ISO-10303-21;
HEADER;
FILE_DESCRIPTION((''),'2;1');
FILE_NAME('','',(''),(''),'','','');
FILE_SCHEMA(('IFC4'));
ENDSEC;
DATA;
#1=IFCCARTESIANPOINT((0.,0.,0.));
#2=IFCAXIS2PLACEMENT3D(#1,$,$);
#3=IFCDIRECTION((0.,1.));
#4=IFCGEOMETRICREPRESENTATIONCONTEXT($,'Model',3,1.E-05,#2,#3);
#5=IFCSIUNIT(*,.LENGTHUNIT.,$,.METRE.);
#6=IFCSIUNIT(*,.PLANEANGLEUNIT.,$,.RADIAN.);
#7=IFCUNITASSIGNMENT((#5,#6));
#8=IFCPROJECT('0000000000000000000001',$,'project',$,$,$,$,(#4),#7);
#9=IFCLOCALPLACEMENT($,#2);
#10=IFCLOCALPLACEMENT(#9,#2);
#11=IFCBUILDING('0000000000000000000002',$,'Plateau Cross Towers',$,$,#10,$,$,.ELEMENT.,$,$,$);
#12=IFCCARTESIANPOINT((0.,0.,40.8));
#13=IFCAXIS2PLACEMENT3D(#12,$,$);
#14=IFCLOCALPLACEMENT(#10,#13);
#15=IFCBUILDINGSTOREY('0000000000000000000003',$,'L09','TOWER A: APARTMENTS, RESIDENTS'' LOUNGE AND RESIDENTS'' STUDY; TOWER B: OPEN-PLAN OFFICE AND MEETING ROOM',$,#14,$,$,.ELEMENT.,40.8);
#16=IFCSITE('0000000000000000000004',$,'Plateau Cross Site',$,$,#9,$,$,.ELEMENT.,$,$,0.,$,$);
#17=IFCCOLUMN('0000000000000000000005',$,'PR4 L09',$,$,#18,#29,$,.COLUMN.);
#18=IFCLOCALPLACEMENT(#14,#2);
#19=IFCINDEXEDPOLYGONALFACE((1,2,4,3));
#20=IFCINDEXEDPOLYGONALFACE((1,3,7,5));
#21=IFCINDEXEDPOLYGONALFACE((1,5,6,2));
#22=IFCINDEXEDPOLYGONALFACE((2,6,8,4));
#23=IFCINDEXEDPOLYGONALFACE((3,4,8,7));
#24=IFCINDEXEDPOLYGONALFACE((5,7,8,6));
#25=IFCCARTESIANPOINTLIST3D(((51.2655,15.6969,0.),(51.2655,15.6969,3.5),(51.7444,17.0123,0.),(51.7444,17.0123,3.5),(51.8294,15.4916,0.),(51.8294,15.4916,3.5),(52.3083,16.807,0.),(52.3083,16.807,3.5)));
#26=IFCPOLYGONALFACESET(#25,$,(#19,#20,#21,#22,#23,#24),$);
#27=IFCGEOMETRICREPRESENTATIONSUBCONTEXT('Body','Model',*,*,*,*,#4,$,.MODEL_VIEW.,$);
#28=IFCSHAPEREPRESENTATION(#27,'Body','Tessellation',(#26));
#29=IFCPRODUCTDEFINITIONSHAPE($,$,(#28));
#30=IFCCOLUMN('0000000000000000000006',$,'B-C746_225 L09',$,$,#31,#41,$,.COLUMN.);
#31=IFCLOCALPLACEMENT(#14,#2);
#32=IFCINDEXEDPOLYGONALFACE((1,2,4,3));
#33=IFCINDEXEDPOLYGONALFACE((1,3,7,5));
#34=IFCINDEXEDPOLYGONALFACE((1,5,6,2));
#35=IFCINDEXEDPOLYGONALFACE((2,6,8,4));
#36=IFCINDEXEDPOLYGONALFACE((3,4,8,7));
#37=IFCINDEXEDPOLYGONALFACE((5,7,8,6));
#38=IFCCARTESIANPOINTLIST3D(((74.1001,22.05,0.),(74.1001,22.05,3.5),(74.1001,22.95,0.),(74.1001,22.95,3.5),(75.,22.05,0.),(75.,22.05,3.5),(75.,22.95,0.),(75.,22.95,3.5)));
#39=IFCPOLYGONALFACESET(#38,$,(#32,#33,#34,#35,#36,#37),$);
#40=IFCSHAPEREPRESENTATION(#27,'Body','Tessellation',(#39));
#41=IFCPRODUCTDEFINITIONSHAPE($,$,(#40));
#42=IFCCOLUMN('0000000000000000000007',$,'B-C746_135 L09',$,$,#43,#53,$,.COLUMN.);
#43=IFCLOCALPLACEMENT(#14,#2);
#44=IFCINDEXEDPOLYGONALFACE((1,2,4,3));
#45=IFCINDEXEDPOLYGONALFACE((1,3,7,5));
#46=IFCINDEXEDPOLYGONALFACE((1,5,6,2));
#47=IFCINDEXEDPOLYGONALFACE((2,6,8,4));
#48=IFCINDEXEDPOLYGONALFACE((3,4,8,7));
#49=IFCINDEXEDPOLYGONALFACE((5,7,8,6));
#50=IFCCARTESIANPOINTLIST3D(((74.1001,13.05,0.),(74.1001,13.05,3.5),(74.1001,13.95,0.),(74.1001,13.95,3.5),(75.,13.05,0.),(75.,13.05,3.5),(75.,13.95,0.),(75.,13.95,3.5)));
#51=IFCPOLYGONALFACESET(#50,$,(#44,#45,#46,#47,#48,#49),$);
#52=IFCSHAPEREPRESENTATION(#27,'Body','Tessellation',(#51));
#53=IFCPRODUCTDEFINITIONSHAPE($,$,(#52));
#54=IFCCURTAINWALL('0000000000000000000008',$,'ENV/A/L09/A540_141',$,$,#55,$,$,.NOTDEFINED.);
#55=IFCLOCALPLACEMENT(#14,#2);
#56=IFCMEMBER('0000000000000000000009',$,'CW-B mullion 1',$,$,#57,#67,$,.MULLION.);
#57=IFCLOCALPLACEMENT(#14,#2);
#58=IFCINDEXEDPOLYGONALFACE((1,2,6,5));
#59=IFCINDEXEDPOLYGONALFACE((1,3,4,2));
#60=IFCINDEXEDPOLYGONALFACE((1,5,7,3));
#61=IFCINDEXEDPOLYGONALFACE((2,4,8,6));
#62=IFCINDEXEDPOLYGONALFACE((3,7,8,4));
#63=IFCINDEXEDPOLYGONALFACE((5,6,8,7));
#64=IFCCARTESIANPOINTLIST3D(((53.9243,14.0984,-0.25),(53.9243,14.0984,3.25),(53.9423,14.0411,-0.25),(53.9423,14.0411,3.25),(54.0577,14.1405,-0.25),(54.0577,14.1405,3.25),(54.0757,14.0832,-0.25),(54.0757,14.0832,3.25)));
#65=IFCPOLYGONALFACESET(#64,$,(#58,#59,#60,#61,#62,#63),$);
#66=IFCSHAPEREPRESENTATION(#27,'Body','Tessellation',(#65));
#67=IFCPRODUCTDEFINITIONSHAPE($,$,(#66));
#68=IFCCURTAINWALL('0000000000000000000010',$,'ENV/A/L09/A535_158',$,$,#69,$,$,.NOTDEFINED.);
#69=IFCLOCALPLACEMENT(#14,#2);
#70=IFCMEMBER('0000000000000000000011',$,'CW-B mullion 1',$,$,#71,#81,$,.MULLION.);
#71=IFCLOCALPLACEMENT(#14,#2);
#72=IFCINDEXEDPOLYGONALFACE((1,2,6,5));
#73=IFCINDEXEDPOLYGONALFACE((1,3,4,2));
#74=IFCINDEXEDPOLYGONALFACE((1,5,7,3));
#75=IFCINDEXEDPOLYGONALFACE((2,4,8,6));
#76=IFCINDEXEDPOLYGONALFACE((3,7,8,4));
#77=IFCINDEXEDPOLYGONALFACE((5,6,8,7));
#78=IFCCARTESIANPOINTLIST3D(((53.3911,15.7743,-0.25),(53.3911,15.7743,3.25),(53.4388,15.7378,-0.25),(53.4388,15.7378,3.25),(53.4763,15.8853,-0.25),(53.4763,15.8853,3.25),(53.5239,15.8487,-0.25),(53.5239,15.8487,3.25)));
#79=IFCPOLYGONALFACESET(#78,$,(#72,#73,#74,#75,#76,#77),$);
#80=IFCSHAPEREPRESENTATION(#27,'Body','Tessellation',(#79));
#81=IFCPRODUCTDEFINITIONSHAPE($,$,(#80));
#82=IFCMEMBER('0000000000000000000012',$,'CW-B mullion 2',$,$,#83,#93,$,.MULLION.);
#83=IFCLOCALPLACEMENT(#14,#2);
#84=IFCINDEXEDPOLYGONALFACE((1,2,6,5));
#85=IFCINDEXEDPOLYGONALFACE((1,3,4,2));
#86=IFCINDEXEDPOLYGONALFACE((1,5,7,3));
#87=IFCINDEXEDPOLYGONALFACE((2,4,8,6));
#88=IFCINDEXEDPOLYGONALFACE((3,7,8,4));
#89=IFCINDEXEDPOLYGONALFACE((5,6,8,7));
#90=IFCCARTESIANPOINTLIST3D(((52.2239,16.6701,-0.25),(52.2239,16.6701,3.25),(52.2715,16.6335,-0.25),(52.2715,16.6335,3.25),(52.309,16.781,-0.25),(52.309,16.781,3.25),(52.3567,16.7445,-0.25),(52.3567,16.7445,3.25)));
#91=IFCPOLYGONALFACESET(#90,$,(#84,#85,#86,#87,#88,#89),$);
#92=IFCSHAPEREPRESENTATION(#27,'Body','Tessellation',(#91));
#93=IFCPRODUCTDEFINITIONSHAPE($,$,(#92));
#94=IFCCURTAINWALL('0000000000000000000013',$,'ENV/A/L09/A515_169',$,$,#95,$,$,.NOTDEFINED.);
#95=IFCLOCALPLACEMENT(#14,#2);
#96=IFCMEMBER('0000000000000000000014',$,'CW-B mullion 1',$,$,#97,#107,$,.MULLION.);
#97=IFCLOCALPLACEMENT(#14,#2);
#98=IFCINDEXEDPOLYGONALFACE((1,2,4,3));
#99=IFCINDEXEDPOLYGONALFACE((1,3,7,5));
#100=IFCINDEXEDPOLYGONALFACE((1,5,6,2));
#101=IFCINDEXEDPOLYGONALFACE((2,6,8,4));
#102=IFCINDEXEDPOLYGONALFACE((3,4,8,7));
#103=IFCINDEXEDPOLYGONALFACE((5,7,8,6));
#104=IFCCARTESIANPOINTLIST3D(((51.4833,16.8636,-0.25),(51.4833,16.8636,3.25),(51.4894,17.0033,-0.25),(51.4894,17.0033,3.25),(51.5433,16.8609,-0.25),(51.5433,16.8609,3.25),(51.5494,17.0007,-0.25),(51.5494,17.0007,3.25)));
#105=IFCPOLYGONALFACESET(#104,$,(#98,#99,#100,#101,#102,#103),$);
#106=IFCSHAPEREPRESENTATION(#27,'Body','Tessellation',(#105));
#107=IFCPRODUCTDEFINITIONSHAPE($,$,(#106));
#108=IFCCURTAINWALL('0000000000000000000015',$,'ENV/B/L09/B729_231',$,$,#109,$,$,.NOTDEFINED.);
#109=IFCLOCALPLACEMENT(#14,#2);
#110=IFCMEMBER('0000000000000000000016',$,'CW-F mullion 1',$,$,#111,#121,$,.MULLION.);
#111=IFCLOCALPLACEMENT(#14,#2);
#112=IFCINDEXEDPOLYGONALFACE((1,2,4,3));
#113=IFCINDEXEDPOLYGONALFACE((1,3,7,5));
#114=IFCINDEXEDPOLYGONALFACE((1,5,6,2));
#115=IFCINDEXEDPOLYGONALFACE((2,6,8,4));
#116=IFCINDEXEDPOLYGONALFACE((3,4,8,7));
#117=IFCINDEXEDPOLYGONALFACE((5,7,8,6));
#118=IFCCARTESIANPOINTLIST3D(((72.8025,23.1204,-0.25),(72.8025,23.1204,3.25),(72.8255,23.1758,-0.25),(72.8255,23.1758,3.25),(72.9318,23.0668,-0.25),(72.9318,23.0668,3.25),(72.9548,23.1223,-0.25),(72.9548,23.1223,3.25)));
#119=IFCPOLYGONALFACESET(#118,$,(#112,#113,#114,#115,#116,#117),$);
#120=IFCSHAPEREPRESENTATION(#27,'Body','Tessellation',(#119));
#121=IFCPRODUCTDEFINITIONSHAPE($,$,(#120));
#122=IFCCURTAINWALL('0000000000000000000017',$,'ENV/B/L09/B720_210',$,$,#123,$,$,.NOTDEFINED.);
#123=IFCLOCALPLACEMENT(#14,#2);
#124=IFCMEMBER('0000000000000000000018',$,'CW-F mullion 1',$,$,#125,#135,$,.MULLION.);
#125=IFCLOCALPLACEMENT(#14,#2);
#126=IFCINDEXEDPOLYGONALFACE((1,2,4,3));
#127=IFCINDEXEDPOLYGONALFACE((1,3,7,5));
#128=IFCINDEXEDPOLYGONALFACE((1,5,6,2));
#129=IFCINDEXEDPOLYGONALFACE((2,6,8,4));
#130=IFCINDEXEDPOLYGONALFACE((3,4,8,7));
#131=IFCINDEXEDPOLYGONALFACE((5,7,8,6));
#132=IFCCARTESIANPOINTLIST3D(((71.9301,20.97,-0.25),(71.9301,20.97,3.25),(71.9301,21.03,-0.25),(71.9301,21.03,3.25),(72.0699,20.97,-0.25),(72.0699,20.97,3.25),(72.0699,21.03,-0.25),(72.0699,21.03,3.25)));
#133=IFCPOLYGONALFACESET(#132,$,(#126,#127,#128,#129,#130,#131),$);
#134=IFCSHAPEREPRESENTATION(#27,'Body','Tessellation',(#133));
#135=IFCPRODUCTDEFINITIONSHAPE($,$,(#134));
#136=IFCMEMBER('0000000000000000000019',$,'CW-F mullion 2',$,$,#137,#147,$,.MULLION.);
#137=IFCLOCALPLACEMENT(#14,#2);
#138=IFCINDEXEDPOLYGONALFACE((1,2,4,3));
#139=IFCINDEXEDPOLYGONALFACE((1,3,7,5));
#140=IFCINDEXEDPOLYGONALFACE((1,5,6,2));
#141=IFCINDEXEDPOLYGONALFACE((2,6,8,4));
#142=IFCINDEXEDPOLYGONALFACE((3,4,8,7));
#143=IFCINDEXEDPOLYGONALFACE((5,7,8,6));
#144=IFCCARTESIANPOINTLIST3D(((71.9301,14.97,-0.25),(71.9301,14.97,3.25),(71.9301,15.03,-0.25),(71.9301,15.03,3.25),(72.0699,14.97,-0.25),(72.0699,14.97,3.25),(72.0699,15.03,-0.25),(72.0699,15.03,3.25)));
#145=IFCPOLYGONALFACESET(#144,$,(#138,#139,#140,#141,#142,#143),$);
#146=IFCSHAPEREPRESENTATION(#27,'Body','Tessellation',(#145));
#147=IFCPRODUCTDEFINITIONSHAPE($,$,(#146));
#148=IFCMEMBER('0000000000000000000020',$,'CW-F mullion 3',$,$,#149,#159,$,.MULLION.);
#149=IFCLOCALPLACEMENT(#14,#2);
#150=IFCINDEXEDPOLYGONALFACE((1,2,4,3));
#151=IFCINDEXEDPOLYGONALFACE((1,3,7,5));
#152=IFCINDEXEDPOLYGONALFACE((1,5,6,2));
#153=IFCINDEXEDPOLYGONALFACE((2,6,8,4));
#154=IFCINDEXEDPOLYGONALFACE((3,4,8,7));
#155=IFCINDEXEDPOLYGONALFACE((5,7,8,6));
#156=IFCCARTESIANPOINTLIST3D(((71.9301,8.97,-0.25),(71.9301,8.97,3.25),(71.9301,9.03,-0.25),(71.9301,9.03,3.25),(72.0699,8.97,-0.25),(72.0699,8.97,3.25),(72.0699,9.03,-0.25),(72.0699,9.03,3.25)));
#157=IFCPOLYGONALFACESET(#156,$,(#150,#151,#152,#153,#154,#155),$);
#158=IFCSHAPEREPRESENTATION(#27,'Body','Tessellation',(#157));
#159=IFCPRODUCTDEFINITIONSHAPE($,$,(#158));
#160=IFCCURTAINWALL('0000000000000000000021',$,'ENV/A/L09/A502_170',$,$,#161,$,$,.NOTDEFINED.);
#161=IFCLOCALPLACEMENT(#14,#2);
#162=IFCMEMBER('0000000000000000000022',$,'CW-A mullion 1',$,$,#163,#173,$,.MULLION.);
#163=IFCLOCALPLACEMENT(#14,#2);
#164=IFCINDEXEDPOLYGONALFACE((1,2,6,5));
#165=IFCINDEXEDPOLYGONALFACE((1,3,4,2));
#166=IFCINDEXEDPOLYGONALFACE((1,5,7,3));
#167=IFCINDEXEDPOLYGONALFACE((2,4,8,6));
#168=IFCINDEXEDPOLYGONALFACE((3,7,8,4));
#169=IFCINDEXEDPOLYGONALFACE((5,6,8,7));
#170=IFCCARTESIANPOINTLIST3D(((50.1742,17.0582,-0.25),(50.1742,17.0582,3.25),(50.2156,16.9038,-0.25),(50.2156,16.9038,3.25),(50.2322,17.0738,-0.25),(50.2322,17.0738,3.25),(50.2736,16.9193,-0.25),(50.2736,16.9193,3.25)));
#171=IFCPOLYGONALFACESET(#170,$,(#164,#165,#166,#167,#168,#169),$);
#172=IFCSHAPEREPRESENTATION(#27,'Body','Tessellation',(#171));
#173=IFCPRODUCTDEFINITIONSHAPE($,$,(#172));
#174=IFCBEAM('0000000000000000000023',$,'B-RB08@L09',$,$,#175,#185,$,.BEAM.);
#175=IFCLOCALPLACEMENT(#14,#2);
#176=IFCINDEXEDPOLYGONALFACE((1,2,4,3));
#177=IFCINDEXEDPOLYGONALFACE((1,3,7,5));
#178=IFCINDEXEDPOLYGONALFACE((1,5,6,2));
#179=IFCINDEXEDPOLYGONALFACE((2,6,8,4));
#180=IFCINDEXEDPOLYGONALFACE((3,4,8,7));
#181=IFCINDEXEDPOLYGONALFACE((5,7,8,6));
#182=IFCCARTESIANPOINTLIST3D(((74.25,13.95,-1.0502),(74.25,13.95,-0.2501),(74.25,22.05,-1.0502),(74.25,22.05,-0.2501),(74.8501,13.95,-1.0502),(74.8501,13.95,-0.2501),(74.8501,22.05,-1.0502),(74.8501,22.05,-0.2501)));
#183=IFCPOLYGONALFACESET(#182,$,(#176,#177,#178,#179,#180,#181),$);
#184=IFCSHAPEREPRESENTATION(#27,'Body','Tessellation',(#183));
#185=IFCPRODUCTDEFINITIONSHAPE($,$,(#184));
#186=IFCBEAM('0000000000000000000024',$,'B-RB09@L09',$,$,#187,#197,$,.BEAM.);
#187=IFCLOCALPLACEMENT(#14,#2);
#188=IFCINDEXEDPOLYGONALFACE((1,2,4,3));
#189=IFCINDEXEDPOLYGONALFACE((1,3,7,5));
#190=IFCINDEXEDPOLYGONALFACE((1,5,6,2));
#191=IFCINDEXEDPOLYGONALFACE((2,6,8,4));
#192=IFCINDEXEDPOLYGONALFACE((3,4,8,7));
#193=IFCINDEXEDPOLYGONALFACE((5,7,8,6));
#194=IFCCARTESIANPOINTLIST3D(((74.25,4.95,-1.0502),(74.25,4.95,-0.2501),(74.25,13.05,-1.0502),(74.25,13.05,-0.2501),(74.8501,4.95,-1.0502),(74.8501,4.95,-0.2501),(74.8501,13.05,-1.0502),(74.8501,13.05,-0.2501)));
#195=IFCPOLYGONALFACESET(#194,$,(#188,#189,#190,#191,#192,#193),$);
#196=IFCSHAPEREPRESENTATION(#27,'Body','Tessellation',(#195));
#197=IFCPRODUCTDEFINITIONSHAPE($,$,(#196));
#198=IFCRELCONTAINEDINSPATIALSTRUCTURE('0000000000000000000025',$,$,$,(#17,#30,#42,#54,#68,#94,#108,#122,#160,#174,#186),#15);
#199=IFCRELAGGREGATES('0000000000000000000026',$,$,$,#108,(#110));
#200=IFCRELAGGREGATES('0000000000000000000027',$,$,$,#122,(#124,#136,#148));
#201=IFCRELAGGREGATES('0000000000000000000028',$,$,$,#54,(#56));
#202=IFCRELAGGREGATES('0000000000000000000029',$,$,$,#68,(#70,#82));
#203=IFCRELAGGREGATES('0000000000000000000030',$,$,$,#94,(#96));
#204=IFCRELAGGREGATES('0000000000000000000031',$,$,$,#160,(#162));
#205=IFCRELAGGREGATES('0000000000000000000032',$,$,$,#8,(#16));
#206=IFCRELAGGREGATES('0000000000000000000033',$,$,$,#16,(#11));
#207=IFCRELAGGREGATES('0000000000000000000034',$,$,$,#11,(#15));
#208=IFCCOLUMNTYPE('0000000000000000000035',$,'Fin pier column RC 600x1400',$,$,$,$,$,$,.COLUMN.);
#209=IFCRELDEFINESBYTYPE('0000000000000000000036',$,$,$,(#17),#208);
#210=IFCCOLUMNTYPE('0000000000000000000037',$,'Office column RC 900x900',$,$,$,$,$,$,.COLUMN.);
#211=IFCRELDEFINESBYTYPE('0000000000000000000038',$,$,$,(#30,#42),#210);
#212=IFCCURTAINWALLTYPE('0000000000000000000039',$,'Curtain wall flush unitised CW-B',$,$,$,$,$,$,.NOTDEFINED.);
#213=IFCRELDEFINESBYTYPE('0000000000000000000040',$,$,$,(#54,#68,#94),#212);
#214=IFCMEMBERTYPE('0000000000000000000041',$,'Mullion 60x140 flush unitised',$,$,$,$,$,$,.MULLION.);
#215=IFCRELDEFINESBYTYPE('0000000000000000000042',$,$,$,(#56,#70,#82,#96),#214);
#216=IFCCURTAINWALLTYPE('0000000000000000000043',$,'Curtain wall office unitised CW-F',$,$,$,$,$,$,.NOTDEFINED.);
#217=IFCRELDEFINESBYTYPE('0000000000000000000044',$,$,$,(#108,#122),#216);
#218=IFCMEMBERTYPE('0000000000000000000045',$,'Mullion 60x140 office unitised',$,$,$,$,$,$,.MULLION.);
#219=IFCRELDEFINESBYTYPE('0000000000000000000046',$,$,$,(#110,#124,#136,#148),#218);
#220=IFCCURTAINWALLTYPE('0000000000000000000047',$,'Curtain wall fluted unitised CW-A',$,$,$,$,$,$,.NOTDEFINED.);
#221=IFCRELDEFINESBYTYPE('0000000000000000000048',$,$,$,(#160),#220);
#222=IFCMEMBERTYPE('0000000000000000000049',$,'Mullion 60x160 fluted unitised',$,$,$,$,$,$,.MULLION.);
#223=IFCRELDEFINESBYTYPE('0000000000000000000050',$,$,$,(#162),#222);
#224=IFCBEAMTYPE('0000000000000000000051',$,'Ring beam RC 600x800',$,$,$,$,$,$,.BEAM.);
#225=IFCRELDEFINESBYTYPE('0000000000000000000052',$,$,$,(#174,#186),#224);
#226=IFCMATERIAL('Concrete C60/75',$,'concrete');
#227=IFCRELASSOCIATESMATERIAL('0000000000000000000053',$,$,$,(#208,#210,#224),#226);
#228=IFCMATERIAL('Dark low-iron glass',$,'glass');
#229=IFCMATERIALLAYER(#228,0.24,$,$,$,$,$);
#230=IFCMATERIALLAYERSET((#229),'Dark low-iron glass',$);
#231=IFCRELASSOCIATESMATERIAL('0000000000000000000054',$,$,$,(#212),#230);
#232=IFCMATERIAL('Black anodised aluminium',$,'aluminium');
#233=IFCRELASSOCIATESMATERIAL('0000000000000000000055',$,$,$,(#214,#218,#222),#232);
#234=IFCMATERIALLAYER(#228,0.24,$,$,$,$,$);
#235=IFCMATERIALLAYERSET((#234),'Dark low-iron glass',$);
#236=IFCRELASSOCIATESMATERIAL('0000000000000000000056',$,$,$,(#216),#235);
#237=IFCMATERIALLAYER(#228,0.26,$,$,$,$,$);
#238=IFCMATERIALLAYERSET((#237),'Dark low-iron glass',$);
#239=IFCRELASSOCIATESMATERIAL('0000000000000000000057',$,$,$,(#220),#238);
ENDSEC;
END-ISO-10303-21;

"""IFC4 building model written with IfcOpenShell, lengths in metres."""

from ifc_helpers import new_model, si_unit, direction, frame, origin, origin_2d, place, context, subcontext, project, spatial, rectangle, extrude, material, layer, layer_set, material_profile, profile_set, type_object, element, aggregate, save


model = new_model("IFC4")

# Units and contexts
model_context = context("Model", 3, precision=1e-05, world=origin(), true_north=direction((0.0, 1.0)))
body_context = subcontext(model_context, "Body", "Model", "MODEL_VIEW")
ifc_project = project(units=[si_unit("LENGTHUNIT", "METRE"), si_unit("PLANEANGLEUNIT", "RADIAN")], contexts=[model_context])

# Site, building, storey
site_placement = place(None, origin())
site = spatial("IfcSite", under=ifc_project, at=site_placement, Name="Plateau Cross Site", CompositionType="ELEMENT", RefElevation=0.0)
building_placement = place(site_placement, origin())
building = spatial("IfcBuilding", under=site, at=building_placement, Name="Plateau Cross Towers", CompositionType="ELEMENT")
storey_placement = place(building_placement, frame((0.0, 0.0, 40.8)))
storey = spatial("IfcBuildingStorey", under=building, at=storey_placement, Name="L09", Description="TOWER A: APARTMENTS, RESIDENTS' LOUNGE AND RESIDENTS' STUDY; TOWER B: OPEN-PLAN OFFICE AND MEETING ROOM", CompositionType="ELEMENT", Elevation=40.8)

# Columns
ifc_material_1 = material(Name="Concrete C60/75", Category="concrete")
ifc_material_profile_1 = material_profile(ifc_material_1, rectangle(XDim=0.6001, YDim=1.3999, at=origin_2d()), Name="RC 600x1400")
ifc_profile_set_1 = profile_set([ifc_material_profile_1], Name="Concrete C60/75")
column_type_1 = type_object("IfcColumnType", Name="Fin pier column RC 600x1400", PredefinedType="COLUMN", material=ifc_profile_set_1)
column_placement = place(storey_placement, frame((51.7869, 16.252, 0.0), z_axis=(0.0, 0.0, 1.0), x_axis=(-0.939664, 0.342098, 0.0)))
element("IfcColumn", 1, at=column_placement, inside=storey, type_object=column_type_1, Name="PR4 L09", PredefinedType="COLUMN", context=body_context, shape_type="SweptSolid", body=[
    extrude(rectangle(XDim=0.6001, YDim=1.3999, at=origin_2d()), origin(), (0.0, 0.0, 1.0), 3.5),
])
ifc_material_profile_2 = material_profile(ifc_material_1, rectangle(XDim=0.8999, YDim=0.8999, at=origin_2d()), Name="RC 900x900")
ifc_profile_set_2 = profile_set([ifc_material_profile_2], Name="Concrete C60/75")
column_type_2 = type_object("IfcColumnType", Name="Office column RC 900x900", PredefinedType="COLUMN", material=ifc_profile_set_2)
for number, where, z_axis, x_axis, name in (
    (2, (74.55, 22.5, 0.0), (0.0, 0.0, 1.0), (1.0, 0.0, 0.0), "B-C746_225 L09"),
    (3, (74.55, 13.5, 0.0), (0.0, 0.0, 1.0), (1.0, 0.0, 0.0), "B-C746_135 L09"),
):
    element("IfcColumn", number, at=place(storey_placement, frame(where, z_axis=z_axis, x_axis=x_axis)), inside=storey, type_object=column_type_2, Name=name, PredefinedType="COLUMN", context=body_context, shape_type="SweptSolid", body=[
        extrude(rectangle(XDim=0.8999, YDim=0.8999, at=origin_2d()), origin(), (0.0, 0.0, 1.0), 3.5),
    ])

# Curtain wall, member
ifc_material_2 = material(Name="Dark low-iron glass", Category="glass")
ifc_layer_1 = layer(ifc_material_2, 0.24)
ifc_layer_set_1 = layer_set([ifc_layer_1], Name="Dark low-iron glass")
curtain_wall_type_1 = type_object("IfcCurtainWallType", Name="Curtain wall flush unitised CW-B", PredefinedType="NOTDEFINED", material=ifc_layer_set_1)
curtain_wall_1_placement = place(storey_placement, origin())
curtain_wall_1 = element("IfcCurtainWall", 4, at=curtain_wall_1_placement, inside=storey, type_object=curtain_wall_type_1, Name="ENV/A/L09/A540_141", PredefinedType="NOTDEFINED")
ifc_material_3 = material(Name="Black anodised aluminium", Category="aluminium")
ifc_material_profile_3 = material_profile(ifc_material_3, rectangle(XDim=0.0601, YDim=0.1399, at=origin_2d()), Name="MULLION 60x140")
ifc_profile_set_3 = profile_set([ifc_material_profile_3], Name="Black anodised aluminium")
member_type_1 = type_object("IfcMemberType", Name="Mullion 60x140 flush unitised", PredefinedType="MULLION", material=ifc_profile_set_3)
member_1_placement = place(storey_placement, frame((54.0, 14.0908, -0.25), z_axis=(0.0, 0.0, 1.0), x_axis=(-0.300686, 0.953723, 0.0)))
member_1 = element("IfcMember", 5, at=member_1_placement, type_object=member_type_1, Name="CW-B mullion 1", PredefinedType="MULLION", context=body_context, shape_type="SweptSolid", body=[
    extrude(rectangle(XDim=0.0601, YDim=0.1399, at=origin_2d()), origin(), (0.0, 0.0, 1.0), 3.5),
])

# Curtain wall, members
curtain_wall_2_placement = place(storey_placement, origin())
curtain_wall_2 = element("IfcCurtainWall", 6, at=curtain_wall_2_placement, inside=storey, type_object=curtain_wall_type_1, Name="ENV/A/L09/A535_158", PredefinedType="NOTDEFINED")
member_2_placement = place(storey_placement, frame((53.4575, 15.8115, -0.25), z_axis=(0.0, 0.0, 1.0), x_axis=(-0.793316, 0.608811, 0.0)))
member_2 = element("IfcMember", 7, at=member_2_placement, type_object=member_type_1, Name="CW-B mullion 1", PredefinedType="MULLION", context=body_context, shape_type="SweptSolid", body=[
    extrude(rectangle(XDim=0.0601, YDim=0.1399, at=origin_2d()), origin(), (0.0, 0.0, 1.0), 3.5),
])
member_3_placement = place(storey_placement, frame((52.2903, 16.7073, -0.25), z_axis=(0.0, 0.0, 1.0), x_axis=(-0.793316, 0.608811, 0.0)))
member_3 = element("IfcMember", 8, at=member_3_placement, type_object=member_type_1, Name="CW-B mullion 2", PredefinedType="MULLION", context=body_context, shape_type="SweptSolid", body=[
    extrude(rectangle(XDim=0.0601, YDim=0.1399, at=origin_2d()), origin(), (0.0, 0.0, 1.0), 3.5),
])

# Curtain walls, members
curtain_wall_3_placement = place(storey_placement, origin())
curtain_wall_3 = element("IfcCurtainWall", 9, at=curtain_wall_3_placement, inside=storey, type_object=curtain_wall_type_1, Name="ENV/A/L09/A515_169", PredefinedType="NOTDEFINED")
member_4_placement = place(storey_placement, frame((51.5164, 16.9321, -0.25), z_axis=(0.0, 0.0, 1.0), x_axis=(-0.999044, 0.043723, 0.0)))
member_4 = element("IfcMember", 10, at=member_4_placement, type_object=member_type_1, Name="CW-B mullion 1", PredefinedType="MULLION", context=body_context, shape_type="SweptSolid", body=[
    extrude(rectangle(XDim=0.0601, YDim=0.1399, at=origin_2d()), origin(), (0.0, 0.0, 1.0), 3.5),
])
ifc_layer_2 = layer(ifc_material_2, 0.24)
ifc_layer_set_2 = layer_set([ifc_layer_2], Name="Dark low-iron glass")
curtain_wall_type_2 = type_object("IfcCurtainWallType", Name="Curtain wall office unitised CW-F", PredefinedType="NOTDEFINED", material=ifc_layer_set_2)
curtain_wall_4_placement = place(storey_placement, origin())
curtain_wall_4 = element("IfcCurtainWall", 11, at=curtain_wall_4_placement, inside=storey, type_object=curtain_wall_type_2, Name="ENV/B/L09/B729_231", PredefinedType="NOTDEFINED")
ifc_material_profile_4 = material_profile(ifc_material_3, rectangle(XDim=0.0601, YDim=0.1399, at=origin_2d()), Name="MULLION 60x140")
ifc_profile_set_4 = profile_set([ifc_material_profile_4], Name="Black anodised aluminium")
member_type_2 = type_object("IfcMemberType", Name="Mullion 60x140 office unitised", PredefinedType="MULLION", material=ifc_profile_set_4)
member_5_placement = place(storey_placement, frame((72.8787, 23.1213, -0.25), z_axis=(0.0, 0.0, 1.0), x_axis=(-0.382684, -0.923879, 0.0)))
member_5 = element("IfcMember", 12, at=member_5_placement, type_object=member_type_2, Name="CW-F mullion 1", PredefinedType="MULLION", context=body_context, shape_type="SweptSolid", body=[
    extrude(rectangle(XDim=0.0601, YDim=0.1399, at=origin_2d()), origin(), (0.0, 0.0, 1.0), 3.5),
])

# Curtain wall, members
curtain_wall_5_placement = place(storey_placement, origin())
curtain_wall_5 = element("IfcCurtainWall", 13, at=curtain_wall_5_placement, inside=storey, type_object=curtain_wall_type_2, Name="ENV/B/L09/B720_210", PredefinedType="NOTDEFINED")
member_6_placement = place(storey_placement, frame((72.0, 21.0, -0.25), z_axis=(0.0, 0.0, 1.0), x_axis=(0.0, -1.0, 0.0)))
member_6 = element("IfcMember", 14, at=member_6_placement, type_object=member_type_2, Name="CW-F mullion 1", PredefinedType="MULLION", context=body_context, shape_type="SweptSolid", body=[
    extrude(rectangle(XDim=0.0601, YDim=0.1399, at=origin_2d()), origin(), (0.0, 0.0, 1.0), 3.5),
])
member_7_placement = place(storey_placement, frame((72.0, 15.0, -0.25), z_axis=(0.0, 0.0, 1.0), x_axis=(0.0, -1.0, 0.0)))
member_7 = element("IfcMember", 15, at=member_7_placement, type_object=member_type_2, Name="CW-F mullion 2", PredefinedType="MULLION", context=body_context, shape_type="SweptSolid", body=[
    extrude(rectangle(XDim=0.0601, YDim=0.1399, at=origin_2d()), origin(), (0.0, 0.0, 1.0), 3.5),
])
member_8_placement = place(storey_placement, frame((72.0, 9.0, -0.25), z_axis=(0.0, 0.0, 1.0), x_axis=(0.0, -1.0, 0.0)))
member_8 = element("IfcMember", 16, at=member_8_placement, type_object=member_type_2, Name="CW-F mullion 3", PredefinedType="MULLION", context=body_context, shape_type="SweptSolid", body=[
    extrude(rectangle(XDim=0.0601, YDim=0.1399, at=origin_2d()), origin(), (0.0, 0.0, 1.0), 3.5),
])

# Curtain wall, member
ifc_layer_3 = layer(ifc_material_2, 0.26)
ifc_layer_set_3 = layer_set([ifc_layer_3], Name="Dark low-iron glass")
curtain_wall_type_3 = type_object("IfcCurtainWallType", Name="Curtain wall fluted unitised CW-A", PredefinedType="NOTDEFINED", material=ifc_layer_set_3)
curtain_wall_6_placement = place(storey_placement, origin())
curtain_wall_6 = element("IfcCurtainWall", 17, at=curtain_wall_6_placement, inside=storey, type_object=curtain_wall_type_3, Name="ENV/A/L09/A502_170", PredefinedType="NOTDEFINED")
ifc_material_profile_5 = material_profile(ifc_material_3, rectangle(XDim=0.0601, YDim=0.1599, at=origin_2d()), Name="MULLION 60x160")
ifc_profile_set_5 = profile_set([ifc_material_profile_5], Name="Black anodised aluminium")
member_type_3 = type_object("IfcMemberType", Name="Mullion 60x160 fluted unitised", PredefinedType="MULLION", material=ifc_profile_set_5)
member_9_placement = place(storey_placement, frame((50.2239, 16.9888, -0.25), z_axis=(0.0, 0.0, 1.0), x_axis=(-0.965958, -0.258699, 0.0)))
member_9 = element("IfcMember", 18, at=member_9_placement, type_object=member_type_3, Name="CW-A mullion 1", PredefinedType="MULLION", context=body_context, shape_type="SweptSolid", body=[
    extrude(rectangle(XDim=0.0601, YDim=0.1599, at=origin_2d()), origin(), (0.0, 0.0, 1.0), 3.5),
])

# Beams
ifc_material_profile_6 = material_profile(ifc_material_1, rectangle(XDim=0.6001, YDim=0.8, at=origin_2d()), Name="RC 600x800")
ifc_profile_set_6 = profile_set([ifc_material_profile_6], Name="Concrete C60/75")
beam_type = type_object("IfcBeamType", Name="Ring beam RC 600x800", PredefinedType="BEAM", material=ifc_profile_set_6)
for number, where, z_axis, x_axis, name in (
    (19, (74.55, 22.05, -0.6501), (0.0, -1.0, 0.0), (1.0, 0.0, 0.0), "B-RB08@L09"),
    (20, (74.55, 13.05, -0.6501), (0.0, -1.0, 0.0), (1.0, 0.0, 0.0), "B-RB09@L09"),
):
    element("IfcBeam", number, at=place(storey_placement, frame(where, z_axis=z_axis, x_axis=x_axis)), inside=storey, type_object=beam_type, Name=name, PredefinedType="BEAM", context=body_context, shape_type="SweptSolid", body=[
        extrude(rectangle(XDim=0.6001, YDim=0.8, at=origin_2d()), origin(), (0.0, 0.0, 1.0), 8.1001),
    ])

aggregate(curtain_wall_4, [member_5])
aggregate(curtain_wall_5, [member_6, member_7, member_8])

aggregate(curtain_wall_1, [member_1])
aggregate(curtain_wall_2, [member_2, member_3])
aggregate(curtain_wall_3, [member_4])
aggregate(curtain_wall_6, [member_9])

save(model, "model.ifc")
